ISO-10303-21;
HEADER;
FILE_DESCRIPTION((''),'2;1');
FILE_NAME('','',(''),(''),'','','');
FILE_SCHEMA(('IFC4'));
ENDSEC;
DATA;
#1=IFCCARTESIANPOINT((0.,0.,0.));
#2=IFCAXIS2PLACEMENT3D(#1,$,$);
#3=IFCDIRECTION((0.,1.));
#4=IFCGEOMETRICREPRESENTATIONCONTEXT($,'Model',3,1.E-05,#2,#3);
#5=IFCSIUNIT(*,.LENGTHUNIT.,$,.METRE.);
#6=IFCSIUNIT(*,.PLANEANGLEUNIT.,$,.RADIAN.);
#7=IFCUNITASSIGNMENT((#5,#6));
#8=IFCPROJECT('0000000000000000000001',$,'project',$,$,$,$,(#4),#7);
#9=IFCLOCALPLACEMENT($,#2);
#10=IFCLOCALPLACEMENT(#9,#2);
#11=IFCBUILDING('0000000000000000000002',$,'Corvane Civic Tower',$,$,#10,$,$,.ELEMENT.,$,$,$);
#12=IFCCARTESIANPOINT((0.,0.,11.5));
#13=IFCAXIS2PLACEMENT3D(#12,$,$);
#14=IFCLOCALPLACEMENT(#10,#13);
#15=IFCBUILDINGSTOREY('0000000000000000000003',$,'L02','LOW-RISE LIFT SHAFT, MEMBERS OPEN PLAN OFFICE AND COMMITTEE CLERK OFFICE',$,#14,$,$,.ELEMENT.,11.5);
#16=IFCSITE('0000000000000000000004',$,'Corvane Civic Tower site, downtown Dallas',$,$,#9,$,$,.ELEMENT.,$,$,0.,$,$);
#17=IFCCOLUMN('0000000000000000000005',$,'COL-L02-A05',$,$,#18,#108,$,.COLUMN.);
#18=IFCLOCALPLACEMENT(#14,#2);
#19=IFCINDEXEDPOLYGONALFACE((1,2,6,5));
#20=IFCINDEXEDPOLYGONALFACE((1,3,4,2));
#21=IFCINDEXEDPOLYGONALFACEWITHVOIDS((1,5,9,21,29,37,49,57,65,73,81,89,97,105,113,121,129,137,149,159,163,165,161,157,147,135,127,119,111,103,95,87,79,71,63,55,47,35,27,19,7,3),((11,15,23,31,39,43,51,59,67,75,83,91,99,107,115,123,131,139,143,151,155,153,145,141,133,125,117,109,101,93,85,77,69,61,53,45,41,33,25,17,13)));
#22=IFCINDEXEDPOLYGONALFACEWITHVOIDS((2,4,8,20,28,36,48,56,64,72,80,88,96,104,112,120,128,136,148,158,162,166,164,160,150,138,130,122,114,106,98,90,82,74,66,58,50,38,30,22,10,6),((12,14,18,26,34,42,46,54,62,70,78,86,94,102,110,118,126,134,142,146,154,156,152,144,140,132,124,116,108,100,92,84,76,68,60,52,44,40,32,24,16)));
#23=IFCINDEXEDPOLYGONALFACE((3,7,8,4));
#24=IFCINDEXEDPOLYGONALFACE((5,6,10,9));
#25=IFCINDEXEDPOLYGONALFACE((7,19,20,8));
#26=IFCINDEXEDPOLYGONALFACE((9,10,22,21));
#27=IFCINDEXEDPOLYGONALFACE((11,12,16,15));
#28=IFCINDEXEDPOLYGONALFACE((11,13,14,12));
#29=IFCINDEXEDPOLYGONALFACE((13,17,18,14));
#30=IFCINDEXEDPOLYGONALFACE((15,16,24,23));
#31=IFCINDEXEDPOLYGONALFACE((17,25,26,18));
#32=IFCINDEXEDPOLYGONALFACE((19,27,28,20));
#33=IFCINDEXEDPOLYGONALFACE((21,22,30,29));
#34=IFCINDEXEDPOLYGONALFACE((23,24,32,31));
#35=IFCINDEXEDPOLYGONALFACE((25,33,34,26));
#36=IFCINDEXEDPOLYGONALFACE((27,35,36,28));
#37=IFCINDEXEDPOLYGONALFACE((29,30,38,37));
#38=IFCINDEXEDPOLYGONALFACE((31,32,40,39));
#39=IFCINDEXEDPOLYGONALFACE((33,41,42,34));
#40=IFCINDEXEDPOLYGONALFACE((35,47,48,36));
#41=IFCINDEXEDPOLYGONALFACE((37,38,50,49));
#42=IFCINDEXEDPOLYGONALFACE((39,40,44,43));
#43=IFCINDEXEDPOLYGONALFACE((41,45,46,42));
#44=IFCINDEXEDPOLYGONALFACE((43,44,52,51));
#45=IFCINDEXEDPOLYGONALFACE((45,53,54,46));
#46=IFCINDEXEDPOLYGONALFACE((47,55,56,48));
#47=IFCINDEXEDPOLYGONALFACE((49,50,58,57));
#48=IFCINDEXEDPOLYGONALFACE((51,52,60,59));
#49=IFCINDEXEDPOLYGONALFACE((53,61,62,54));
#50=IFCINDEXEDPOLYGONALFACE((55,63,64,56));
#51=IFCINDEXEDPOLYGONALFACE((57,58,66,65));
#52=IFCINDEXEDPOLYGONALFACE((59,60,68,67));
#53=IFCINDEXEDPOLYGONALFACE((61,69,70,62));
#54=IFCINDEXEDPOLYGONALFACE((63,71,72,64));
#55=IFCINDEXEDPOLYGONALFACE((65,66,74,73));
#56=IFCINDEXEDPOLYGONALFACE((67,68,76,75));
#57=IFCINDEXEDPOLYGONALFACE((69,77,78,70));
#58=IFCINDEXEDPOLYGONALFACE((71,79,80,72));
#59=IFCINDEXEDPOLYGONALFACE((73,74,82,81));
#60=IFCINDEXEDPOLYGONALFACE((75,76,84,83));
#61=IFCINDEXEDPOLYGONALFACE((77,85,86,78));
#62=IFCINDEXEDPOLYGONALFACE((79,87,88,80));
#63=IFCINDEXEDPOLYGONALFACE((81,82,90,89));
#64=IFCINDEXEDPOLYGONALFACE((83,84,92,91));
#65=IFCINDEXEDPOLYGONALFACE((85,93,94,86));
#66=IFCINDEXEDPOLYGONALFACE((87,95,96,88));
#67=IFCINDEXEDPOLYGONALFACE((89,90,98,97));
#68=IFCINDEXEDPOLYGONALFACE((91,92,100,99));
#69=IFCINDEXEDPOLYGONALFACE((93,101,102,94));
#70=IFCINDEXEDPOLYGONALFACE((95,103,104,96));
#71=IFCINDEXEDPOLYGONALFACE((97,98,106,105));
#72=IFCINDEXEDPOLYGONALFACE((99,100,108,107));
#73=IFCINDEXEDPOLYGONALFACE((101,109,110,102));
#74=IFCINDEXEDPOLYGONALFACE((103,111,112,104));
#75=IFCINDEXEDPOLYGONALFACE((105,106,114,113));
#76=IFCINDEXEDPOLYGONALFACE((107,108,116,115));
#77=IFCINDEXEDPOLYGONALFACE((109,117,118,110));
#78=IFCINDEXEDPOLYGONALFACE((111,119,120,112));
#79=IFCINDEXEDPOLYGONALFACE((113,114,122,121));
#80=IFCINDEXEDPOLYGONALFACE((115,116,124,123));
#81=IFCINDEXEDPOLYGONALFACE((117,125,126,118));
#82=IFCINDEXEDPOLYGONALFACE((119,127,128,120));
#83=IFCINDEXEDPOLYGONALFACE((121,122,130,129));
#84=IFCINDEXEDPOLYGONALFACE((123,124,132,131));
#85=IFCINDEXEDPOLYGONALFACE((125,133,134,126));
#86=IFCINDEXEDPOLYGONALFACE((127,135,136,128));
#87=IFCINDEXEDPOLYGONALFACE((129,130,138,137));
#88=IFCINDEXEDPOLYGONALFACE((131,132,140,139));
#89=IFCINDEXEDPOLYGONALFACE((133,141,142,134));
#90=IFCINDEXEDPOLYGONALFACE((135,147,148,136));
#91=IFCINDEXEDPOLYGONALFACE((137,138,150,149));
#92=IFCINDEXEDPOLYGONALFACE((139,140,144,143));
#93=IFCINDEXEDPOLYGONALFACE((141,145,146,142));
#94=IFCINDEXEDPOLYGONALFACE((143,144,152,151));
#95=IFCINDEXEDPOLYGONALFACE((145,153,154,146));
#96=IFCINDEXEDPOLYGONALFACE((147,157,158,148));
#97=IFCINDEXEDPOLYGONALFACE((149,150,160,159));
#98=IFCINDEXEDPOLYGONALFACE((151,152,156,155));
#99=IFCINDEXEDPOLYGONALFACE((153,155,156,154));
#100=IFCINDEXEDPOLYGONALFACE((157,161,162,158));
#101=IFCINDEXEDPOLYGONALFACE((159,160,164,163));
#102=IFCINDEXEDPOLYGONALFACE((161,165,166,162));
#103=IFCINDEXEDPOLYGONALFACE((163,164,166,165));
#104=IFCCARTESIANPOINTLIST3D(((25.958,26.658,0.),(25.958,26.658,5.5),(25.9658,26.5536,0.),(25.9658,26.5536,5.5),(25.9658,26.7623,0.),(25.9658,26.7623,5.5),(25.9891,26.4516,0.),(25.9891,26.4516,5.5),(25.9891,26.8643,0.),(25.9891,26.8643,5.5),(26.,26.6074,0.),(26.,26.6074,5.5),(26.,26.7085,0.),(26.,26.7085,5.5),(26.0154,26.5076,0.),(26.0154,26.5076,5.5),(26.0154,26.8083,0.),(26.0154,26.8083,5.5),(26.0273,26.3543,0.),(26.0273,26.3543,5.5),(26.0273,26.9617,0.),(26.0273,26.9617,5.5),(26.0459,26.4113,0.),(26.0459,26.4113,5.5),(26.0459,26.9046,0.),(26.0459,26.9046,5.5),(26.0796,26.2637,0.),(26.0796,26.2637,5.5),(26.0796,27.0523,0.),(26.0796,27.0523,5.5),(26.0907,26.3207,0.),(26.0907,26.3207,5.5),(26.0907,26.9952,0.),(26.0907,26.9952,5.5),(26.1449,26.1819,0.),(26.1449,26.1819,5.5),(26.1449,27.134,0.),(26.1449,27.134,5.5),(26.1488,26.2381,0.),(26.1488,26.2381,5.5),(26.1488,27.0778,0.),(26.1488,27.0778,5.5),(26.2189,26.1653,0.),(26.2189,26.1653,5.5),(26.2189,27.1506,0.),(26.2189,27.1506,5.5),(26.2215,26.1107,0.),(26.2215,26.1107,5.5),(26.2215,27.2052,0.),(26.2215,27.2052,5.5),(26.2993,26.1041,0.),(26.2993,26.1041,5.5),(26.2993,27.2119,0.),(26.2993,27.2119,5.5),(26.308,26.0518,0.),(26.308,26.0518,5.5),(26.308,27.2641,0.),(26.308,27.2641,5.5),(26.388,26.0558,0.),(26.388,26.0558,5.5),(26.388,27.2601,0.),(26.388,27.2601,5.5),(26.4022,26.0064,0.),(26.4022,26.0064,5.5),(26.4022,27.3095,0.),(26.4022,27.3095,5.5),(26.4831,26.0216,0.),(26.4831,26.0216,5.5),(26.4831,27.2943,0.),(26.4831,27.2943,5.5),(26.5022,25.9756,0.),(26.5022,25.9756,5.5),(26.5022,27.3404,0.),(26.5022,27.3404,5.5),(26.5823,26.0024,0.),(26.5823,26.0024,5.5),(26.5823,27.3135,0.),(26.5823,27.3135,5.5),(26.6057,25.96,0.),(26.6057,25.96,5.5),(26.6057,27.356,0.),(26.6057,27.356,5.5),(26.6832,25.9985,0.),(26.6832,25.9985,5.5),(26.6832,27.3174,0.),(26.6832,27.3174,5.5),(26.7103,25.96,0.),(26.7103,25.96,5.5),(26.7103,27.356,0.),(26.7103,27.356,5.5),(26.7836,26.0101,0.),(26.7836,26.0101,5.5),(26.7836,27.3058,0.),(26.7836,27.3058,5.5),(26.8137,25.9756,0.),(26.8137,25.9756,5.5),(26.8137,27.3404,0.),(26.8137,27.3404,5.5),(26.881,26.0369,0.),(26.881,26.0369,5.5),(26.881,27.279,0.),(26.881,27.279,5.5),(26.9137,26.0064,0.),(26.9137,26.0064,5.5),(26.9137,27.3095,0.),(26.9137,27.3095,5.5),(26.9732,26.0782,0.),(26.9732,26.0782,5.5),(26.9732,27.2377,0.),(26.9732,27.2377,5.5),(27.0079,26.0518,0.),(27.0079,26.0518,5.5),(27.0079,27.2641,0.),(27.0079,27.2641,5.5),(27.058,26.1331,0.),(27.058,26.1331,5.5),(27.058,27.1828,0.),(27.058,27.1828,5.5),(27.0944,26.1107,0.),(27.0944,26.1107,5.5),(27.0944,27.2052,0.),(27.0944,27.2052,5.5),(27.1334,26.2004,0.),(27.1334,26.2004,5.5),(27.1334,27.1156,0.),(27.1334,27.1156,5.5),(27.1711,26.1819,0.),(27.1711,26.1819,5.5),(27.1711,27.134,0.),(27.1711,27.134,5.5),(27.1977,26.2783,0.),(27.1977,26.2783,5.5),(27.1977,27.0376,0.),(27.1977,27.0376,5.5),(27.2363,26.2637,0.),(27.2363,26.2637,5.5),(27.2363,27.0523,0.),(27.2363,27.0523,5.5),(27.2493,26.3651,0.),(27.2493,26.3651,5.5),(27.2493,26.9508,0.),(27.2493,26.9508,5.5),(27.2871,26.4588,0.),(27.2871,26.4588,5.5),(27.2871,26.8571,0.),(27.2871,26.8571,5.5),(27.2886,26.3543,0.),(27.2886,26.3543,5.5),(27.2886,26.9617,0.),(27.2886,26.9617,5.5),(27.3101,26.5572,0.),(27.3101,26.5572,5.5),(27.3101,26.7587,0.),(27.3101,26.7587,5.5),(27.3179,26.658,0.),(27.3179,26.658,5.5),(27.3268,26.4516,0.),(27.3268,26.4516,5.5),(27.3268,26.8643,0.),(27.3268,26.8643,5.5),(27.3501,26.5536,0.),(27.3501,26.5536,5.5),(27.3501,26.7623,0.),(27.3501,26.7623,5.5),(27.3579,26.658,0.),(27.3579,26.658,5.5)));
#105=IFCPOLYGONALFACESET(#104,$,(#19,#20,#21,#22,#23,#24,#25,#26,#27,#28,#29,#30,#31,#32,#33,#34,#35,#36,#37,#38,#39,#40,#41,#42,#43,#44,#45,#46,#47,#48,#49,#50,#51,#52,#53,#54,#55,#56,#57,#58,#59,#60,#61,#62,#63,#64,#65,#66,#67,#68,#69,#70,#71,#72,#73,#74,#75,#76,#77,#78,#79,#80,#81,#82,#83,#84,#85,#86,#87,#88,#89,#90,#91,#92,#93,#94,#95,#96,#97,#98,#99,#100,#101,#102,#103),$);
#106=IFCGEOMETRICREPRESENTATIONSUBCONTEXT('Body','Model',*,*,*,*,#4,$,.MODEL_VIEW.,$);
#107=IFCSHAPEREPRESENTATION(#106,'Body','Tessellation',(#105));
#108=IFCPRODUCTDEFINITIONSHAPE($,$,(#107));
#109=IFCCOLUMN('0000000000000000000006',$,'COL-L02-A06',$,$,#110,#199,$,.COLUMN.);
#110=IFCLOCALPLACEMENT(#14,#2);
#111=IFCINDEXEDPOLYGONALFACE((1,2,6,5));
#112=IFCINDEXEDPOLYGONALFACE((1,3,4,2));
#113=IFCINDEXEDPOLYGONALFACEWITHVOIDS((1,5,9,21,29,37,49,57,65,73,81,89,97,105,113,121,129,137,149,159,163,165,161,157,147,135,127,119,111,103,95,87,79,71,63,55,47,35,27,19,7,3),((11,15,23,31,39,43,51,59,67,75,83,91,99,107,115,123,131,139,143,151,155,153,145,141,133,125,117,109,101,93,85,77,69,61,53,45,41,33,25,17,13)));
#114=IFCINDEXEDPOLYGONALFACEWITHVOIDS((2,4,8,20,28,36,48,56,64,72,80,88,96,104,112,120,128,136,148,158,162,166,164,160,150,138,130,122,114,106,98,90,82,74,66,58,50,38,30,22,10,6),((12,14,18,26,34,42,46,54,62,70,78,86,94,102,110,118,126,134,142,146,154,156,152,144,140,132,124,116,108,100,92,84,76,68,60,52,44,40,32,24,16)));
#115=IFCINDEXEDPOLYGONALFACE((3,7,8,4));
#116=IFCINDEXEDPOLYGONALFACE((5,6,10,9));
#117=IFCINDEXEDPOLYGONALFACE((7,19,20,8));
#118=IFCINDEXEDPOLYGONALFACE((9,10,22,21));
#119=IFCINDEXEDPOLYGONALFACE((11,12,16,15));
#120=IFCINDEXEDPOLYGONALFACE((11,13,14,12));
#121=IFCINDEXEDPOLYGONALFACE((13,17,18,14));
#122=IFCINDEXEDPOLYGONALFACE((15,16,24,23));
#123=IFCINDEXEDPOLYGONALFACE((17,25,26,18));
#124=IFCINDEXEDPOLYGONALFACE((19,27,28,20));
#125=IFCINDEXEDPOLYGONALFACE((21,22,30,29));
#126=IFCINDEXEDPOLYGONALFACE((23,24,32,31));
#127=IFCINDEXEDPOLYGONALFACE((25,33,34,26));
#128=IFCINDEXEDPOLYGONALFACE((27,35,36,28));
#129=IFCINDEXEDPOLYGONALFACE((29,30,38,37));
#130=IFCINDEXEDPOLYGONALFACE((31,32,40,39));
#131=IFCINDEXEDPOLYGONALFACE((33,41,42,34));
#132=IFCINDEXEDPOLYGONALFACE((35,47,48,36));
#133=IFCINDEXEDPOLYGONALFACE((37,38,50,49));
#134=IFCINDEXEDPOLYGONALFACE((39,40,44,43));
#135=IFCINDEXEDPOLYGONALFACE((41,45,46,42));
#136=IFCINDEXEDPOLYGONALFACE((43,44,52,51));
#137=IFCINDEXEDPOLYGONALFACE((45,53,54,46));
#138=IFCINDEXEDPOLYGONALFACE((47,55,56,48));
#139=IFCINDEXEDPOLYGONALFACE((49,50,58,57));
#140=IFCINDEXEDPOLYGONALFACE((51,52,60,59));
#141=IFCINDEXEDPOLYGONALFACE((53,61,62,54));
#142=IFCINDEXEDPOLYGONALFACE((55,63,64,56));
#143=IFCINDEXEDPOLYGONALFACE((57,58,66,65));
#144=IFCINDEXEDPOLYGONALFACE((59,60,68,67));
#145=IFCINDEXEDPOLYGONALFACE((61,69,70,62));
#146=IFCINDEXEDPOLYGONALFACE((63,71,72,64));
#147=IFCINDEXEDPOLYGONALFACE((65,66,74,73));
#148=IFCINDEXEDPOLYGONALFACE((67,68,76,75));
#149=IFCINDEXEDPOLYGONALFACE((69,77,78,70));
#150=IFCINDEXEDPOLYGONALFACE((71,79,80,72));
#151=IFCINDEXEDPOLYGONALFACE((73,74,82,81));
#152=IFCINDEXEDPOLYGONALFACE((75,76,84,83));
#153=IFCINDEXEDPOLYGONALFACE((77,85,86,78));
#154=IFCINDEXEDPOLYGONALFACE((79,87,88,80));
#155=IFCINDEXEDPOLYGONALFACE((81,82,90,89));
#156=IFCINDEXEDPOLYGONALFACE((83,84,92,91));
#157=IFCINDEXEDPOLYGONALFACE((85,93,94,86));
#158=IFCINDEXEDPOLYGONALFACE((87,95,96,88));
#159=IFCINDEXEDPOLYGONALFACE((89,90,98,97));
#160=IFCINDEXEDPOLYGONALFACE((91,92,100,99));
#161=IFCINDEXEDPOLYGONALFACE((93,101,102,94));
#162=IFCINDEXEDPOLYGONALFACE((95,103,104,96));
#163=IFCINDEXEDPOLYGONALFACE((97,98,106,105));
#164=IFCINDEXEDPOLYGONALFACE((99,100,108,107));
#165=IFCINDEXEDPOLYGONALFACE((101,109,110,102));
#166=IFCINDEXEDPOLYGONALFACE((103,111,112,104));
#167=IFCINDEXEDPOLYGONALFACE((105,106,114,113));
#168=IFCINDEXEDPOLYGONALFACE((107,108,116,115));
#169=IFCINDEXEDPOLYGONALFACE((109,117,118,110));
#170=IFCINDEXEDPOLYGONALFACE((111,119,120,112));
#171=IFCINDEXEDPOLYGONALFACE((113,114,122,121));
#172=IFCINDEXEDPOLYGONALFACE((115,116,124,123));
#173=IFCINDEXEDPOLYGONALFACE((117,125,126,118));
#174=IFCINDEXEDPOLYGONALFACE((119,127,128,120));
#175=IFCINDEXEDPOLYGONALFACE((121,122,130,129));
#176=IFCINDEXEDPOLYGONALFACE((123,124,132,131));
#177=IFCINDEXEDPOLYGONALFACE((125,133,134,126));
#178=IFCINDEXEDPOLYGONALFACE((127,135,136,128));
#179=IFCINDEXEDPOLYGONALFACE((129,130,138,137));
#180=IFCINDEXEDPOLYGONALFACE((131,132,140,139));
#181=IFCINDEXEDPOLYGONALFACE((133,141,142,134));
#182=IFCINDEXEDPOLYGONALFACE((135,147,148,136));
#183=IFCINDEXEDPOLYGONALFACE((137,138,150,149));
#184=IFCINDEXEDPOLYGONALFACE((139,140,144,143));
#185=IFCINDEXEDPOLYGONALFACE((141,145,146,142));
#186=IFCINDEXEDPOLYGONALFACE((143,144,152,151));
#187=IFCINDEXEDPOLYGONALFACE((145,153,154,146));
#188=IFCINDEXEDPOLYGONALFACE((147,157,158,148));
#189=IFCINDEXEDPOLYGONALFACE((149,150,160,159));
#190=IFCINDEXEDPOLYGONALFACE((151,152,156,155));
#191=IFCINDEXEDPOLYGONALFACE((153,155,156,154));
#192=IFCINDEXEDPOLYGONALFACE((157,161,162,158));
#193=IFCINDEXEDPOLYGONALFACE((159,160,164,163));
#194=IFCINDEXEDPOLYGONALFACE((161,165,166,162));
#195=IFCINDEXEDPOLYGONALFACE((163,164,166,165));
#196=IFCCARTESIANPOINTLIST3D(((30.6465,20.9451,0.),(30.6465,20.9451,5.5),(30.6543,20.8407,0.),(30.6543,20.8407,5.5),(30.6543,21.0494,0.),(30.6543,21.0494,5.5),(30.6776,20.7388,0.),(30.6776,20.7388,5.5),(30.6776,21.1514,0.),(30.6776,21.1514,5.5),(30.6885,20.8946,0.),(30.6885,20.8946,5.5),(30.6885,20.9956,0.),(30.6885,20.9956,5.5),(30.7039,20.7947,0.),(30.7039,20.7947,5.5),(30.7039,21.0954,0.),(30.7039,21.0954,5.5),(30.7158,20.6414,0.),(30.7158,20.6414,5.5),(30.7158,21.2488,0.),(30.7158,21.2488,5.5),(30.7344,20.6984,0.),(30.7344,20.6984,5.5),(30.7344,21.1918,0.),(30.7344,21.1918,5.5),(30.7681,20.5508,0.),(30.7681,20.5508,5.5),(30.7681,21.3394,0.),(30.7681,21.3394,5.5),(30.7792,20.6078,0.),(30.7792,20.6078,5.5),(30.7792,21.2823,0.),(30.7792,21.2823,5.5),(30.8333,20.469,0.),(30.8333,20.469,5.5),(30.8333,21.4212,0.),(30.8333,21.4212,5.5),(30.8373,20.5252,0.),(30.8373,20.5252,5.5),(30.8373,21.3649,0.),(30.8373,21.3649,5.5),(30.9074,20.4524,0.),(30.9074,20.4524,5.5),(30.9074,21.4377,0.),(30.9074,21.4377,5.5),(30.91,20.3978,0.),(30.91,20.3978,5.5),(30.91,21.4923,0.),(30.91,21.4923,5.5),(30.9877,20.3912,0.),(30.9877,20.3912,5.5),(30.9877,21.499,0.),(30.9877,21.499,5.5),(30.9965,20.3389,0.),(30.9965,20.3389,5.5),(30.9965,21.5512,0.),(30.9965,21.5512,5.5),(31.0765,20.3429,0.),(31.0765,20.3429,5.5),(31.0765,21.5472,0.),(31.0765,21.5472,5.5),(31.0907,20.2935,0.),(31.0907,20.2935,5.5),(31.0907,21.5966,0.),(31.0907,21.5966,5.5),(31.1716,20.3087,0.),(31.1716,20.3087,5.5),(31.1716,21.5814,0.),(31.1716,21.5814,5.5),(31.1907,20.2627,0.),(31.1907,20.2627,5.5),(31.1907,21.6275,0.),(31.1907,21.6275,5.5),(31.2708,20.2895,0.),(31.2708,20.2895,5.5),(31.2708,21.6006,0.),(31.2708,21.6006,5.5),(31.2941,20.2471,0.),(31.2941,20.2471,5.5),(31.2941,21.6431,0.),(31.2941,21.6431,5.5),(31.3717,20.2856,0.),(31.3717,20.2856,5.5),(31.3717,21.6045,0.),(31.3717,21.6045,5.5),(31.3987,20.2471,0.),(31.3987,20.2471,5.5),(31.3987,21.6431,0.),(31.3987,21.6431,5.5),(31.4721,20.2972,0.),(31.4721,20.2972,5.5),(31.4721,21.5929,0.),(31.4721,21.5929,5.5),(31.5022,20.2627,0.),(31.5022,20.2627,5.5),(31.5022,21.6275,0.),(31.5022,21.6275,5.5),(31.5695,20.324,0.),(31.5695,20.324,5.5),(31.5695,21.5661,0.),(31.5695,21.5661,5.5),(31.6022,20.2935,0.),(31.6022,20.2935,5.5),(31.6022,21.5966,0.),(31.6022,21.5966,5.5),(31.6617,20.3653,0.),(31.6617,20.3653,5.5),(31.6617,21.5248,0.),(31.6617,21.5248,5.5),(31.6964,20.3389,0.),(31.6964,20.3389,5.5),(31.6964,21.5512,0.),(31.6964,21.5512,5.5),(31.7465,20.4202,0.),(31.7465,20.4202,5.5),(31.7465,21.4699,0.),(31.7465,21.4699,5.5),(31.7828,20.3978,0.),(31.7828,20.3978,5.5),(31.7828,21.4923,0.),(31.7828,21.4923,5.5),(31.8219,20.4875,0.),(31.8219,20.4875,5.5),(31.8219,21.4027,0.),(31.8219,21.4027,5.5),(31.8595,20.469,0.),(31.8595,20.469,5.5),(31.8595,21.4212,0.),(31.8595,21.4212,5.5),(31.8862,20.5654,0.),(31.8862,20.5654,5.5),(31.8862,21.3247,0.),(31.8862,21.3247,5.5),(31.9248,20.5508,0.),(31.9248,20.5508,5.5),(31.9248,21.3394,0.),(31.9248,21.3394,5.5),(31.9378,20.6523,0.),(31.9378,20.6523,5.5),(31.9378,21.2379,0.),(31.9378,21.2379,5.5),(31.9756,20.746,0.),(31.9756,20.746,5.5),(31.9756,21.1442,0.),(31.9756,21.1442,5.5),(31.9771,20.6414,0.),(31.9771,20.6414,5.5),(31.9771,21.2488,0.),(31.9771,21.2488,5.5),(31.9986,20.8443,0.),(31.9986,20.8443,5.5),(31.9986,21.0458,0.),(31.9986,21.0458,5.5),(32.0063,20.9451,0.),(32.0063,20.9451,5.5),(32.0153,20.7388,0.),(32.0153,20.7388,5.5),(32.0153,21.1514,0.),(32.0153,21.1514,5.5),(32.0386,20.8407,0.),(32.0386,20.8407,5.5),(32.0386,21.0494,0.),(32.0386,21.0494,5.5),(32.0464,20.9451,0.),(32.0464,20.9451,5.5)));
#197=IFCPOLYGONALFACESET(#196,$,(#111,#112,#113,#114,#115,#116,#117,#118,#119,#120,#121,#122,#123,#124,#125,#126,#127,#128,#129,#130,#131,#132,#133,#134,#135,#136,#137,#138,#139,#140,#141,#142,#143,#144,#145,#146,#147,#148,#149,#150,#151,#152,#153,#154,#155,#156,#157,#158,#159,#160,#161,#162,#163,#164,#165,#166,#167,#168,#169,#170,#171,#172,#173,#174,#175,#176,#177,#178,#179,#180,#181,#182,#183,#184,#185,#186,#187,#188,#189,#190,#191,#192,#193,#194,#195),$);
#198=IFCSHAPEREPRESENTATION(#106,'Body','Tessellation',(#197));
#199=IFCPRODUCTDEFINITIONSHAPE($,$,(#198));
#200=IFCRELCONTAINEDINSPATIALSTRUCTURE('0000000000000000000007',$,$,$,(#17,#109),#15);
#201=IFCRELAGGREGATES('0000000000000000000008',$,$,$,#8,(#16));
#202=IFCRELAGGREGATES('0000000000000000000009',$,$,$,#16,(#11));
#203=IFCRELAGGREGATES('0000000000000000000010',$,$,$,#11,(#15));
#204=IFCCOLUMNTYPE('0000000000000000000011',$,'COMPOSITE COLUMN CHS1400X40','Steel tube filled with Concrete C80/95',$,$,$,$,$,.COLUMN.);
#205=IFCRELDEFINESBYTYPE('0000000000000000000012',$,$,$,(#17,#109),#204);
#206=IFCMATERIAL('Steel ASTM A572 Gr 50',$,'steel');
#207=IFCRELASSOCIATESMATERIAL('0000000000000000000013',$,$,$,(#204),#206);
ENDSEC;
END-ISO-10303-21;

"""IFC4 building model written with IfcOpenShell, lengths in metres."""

from ifc_helpers import new_model, si_unit, direction, frame, origin, origin_2d, place, context, subcontext, project, spatial, hollow_circle, extrude, material, material_profile, profile_set, type_object, element, save


model = new_model("IFC4")

# Units and contexts
model_context = context("Model", 3, precision=1e-05, world=origin(), true_north=direction((0.0, 1.0)))
body_context = subcontext(model_context, "Body", "Model", "MODEL_VIEW")
ifc_project = project(units=[si_unit("LENGTHUNIT", "METRE"), si_unit("PLANEANGLEUNIT", "RADIAN")], contexts=[model_context])

# Site, building, storey
site_placement = place(None, origin())
site = spatial("IfcSite", under=ifc_project, at=site_placement, Name="Corvane Civic Tower site, downtown Dallas", CompositionType="ELEMENT", RefElevation=0.0)
building_placement = place(site_placement, origin())
building = spatial("IfcBuilding", under=site, at=building_placement, Name="Corvane Civic Tower", CompositionType="ELEMENT")
storey_placement = place(building_placement, frame((0.0, 0.0, 11.5)))
storey = spatial("IfcBuildingStorey", under=building, at=storey_placement, Name="L02", Description="LOW-RISE LIFT SHAFT, MEMBERS OPEN PLAN OFFICE AND COMMITTEE CLERK OFFICE", CompositionType="ELEMENT", Elevation=11.5)

# Columns
ifc_material_1 = material(Name="Steel ASTM A572 Gr 50", Category="steel")
ifc_material_profile_1 = material_profile(ifc_material_1, hollow_circle(Radius=0.7, WallThickness=0.04, at=origin_2d()), Name="CHS1400X40")
ifc_profile_set_1 = profile_set([ifc_material_profile_1], Name="Steel ASTM A572 Gr 50")
column_type_1 = type_object("IfcColumnType", Name="COMPOSITE COLUMN CHS1400X40", Description="Steel tube filled with Concrete C80/95", PredefinedType="COLUMN", material=ifc_profile_set_1)
for number, where, z_axis, x_axis, name in (
    (1, (26.658, 26.658, 0.0), (0.0, 0.0, 1.0), (1.0, 0.0, 0.0), "COL-L02-A05"),
    (2, (31.3464, 20.9451, 0.0), (0.0, 0.0, 1.0), (1.0, 0.0, 0.0), "COL-L02-A06"),
):
    element("IfcColumn", number, at=place(storey_placement, frame(where, z_axis=z_axis, x_axis=x_axis)), inside=storey, type_object=column_type_1, Name=name, PredefinedType="COLUMN", context=body_context, shape_type="SweptSolid", body=[
        extrude(hollow_circle(Radius=0.7, WallThickness=0.04, at=origin_2d()), origin(), (0.0, 0.0, 1.0), 5.5),
    ])

save(model, "model.ifc")
